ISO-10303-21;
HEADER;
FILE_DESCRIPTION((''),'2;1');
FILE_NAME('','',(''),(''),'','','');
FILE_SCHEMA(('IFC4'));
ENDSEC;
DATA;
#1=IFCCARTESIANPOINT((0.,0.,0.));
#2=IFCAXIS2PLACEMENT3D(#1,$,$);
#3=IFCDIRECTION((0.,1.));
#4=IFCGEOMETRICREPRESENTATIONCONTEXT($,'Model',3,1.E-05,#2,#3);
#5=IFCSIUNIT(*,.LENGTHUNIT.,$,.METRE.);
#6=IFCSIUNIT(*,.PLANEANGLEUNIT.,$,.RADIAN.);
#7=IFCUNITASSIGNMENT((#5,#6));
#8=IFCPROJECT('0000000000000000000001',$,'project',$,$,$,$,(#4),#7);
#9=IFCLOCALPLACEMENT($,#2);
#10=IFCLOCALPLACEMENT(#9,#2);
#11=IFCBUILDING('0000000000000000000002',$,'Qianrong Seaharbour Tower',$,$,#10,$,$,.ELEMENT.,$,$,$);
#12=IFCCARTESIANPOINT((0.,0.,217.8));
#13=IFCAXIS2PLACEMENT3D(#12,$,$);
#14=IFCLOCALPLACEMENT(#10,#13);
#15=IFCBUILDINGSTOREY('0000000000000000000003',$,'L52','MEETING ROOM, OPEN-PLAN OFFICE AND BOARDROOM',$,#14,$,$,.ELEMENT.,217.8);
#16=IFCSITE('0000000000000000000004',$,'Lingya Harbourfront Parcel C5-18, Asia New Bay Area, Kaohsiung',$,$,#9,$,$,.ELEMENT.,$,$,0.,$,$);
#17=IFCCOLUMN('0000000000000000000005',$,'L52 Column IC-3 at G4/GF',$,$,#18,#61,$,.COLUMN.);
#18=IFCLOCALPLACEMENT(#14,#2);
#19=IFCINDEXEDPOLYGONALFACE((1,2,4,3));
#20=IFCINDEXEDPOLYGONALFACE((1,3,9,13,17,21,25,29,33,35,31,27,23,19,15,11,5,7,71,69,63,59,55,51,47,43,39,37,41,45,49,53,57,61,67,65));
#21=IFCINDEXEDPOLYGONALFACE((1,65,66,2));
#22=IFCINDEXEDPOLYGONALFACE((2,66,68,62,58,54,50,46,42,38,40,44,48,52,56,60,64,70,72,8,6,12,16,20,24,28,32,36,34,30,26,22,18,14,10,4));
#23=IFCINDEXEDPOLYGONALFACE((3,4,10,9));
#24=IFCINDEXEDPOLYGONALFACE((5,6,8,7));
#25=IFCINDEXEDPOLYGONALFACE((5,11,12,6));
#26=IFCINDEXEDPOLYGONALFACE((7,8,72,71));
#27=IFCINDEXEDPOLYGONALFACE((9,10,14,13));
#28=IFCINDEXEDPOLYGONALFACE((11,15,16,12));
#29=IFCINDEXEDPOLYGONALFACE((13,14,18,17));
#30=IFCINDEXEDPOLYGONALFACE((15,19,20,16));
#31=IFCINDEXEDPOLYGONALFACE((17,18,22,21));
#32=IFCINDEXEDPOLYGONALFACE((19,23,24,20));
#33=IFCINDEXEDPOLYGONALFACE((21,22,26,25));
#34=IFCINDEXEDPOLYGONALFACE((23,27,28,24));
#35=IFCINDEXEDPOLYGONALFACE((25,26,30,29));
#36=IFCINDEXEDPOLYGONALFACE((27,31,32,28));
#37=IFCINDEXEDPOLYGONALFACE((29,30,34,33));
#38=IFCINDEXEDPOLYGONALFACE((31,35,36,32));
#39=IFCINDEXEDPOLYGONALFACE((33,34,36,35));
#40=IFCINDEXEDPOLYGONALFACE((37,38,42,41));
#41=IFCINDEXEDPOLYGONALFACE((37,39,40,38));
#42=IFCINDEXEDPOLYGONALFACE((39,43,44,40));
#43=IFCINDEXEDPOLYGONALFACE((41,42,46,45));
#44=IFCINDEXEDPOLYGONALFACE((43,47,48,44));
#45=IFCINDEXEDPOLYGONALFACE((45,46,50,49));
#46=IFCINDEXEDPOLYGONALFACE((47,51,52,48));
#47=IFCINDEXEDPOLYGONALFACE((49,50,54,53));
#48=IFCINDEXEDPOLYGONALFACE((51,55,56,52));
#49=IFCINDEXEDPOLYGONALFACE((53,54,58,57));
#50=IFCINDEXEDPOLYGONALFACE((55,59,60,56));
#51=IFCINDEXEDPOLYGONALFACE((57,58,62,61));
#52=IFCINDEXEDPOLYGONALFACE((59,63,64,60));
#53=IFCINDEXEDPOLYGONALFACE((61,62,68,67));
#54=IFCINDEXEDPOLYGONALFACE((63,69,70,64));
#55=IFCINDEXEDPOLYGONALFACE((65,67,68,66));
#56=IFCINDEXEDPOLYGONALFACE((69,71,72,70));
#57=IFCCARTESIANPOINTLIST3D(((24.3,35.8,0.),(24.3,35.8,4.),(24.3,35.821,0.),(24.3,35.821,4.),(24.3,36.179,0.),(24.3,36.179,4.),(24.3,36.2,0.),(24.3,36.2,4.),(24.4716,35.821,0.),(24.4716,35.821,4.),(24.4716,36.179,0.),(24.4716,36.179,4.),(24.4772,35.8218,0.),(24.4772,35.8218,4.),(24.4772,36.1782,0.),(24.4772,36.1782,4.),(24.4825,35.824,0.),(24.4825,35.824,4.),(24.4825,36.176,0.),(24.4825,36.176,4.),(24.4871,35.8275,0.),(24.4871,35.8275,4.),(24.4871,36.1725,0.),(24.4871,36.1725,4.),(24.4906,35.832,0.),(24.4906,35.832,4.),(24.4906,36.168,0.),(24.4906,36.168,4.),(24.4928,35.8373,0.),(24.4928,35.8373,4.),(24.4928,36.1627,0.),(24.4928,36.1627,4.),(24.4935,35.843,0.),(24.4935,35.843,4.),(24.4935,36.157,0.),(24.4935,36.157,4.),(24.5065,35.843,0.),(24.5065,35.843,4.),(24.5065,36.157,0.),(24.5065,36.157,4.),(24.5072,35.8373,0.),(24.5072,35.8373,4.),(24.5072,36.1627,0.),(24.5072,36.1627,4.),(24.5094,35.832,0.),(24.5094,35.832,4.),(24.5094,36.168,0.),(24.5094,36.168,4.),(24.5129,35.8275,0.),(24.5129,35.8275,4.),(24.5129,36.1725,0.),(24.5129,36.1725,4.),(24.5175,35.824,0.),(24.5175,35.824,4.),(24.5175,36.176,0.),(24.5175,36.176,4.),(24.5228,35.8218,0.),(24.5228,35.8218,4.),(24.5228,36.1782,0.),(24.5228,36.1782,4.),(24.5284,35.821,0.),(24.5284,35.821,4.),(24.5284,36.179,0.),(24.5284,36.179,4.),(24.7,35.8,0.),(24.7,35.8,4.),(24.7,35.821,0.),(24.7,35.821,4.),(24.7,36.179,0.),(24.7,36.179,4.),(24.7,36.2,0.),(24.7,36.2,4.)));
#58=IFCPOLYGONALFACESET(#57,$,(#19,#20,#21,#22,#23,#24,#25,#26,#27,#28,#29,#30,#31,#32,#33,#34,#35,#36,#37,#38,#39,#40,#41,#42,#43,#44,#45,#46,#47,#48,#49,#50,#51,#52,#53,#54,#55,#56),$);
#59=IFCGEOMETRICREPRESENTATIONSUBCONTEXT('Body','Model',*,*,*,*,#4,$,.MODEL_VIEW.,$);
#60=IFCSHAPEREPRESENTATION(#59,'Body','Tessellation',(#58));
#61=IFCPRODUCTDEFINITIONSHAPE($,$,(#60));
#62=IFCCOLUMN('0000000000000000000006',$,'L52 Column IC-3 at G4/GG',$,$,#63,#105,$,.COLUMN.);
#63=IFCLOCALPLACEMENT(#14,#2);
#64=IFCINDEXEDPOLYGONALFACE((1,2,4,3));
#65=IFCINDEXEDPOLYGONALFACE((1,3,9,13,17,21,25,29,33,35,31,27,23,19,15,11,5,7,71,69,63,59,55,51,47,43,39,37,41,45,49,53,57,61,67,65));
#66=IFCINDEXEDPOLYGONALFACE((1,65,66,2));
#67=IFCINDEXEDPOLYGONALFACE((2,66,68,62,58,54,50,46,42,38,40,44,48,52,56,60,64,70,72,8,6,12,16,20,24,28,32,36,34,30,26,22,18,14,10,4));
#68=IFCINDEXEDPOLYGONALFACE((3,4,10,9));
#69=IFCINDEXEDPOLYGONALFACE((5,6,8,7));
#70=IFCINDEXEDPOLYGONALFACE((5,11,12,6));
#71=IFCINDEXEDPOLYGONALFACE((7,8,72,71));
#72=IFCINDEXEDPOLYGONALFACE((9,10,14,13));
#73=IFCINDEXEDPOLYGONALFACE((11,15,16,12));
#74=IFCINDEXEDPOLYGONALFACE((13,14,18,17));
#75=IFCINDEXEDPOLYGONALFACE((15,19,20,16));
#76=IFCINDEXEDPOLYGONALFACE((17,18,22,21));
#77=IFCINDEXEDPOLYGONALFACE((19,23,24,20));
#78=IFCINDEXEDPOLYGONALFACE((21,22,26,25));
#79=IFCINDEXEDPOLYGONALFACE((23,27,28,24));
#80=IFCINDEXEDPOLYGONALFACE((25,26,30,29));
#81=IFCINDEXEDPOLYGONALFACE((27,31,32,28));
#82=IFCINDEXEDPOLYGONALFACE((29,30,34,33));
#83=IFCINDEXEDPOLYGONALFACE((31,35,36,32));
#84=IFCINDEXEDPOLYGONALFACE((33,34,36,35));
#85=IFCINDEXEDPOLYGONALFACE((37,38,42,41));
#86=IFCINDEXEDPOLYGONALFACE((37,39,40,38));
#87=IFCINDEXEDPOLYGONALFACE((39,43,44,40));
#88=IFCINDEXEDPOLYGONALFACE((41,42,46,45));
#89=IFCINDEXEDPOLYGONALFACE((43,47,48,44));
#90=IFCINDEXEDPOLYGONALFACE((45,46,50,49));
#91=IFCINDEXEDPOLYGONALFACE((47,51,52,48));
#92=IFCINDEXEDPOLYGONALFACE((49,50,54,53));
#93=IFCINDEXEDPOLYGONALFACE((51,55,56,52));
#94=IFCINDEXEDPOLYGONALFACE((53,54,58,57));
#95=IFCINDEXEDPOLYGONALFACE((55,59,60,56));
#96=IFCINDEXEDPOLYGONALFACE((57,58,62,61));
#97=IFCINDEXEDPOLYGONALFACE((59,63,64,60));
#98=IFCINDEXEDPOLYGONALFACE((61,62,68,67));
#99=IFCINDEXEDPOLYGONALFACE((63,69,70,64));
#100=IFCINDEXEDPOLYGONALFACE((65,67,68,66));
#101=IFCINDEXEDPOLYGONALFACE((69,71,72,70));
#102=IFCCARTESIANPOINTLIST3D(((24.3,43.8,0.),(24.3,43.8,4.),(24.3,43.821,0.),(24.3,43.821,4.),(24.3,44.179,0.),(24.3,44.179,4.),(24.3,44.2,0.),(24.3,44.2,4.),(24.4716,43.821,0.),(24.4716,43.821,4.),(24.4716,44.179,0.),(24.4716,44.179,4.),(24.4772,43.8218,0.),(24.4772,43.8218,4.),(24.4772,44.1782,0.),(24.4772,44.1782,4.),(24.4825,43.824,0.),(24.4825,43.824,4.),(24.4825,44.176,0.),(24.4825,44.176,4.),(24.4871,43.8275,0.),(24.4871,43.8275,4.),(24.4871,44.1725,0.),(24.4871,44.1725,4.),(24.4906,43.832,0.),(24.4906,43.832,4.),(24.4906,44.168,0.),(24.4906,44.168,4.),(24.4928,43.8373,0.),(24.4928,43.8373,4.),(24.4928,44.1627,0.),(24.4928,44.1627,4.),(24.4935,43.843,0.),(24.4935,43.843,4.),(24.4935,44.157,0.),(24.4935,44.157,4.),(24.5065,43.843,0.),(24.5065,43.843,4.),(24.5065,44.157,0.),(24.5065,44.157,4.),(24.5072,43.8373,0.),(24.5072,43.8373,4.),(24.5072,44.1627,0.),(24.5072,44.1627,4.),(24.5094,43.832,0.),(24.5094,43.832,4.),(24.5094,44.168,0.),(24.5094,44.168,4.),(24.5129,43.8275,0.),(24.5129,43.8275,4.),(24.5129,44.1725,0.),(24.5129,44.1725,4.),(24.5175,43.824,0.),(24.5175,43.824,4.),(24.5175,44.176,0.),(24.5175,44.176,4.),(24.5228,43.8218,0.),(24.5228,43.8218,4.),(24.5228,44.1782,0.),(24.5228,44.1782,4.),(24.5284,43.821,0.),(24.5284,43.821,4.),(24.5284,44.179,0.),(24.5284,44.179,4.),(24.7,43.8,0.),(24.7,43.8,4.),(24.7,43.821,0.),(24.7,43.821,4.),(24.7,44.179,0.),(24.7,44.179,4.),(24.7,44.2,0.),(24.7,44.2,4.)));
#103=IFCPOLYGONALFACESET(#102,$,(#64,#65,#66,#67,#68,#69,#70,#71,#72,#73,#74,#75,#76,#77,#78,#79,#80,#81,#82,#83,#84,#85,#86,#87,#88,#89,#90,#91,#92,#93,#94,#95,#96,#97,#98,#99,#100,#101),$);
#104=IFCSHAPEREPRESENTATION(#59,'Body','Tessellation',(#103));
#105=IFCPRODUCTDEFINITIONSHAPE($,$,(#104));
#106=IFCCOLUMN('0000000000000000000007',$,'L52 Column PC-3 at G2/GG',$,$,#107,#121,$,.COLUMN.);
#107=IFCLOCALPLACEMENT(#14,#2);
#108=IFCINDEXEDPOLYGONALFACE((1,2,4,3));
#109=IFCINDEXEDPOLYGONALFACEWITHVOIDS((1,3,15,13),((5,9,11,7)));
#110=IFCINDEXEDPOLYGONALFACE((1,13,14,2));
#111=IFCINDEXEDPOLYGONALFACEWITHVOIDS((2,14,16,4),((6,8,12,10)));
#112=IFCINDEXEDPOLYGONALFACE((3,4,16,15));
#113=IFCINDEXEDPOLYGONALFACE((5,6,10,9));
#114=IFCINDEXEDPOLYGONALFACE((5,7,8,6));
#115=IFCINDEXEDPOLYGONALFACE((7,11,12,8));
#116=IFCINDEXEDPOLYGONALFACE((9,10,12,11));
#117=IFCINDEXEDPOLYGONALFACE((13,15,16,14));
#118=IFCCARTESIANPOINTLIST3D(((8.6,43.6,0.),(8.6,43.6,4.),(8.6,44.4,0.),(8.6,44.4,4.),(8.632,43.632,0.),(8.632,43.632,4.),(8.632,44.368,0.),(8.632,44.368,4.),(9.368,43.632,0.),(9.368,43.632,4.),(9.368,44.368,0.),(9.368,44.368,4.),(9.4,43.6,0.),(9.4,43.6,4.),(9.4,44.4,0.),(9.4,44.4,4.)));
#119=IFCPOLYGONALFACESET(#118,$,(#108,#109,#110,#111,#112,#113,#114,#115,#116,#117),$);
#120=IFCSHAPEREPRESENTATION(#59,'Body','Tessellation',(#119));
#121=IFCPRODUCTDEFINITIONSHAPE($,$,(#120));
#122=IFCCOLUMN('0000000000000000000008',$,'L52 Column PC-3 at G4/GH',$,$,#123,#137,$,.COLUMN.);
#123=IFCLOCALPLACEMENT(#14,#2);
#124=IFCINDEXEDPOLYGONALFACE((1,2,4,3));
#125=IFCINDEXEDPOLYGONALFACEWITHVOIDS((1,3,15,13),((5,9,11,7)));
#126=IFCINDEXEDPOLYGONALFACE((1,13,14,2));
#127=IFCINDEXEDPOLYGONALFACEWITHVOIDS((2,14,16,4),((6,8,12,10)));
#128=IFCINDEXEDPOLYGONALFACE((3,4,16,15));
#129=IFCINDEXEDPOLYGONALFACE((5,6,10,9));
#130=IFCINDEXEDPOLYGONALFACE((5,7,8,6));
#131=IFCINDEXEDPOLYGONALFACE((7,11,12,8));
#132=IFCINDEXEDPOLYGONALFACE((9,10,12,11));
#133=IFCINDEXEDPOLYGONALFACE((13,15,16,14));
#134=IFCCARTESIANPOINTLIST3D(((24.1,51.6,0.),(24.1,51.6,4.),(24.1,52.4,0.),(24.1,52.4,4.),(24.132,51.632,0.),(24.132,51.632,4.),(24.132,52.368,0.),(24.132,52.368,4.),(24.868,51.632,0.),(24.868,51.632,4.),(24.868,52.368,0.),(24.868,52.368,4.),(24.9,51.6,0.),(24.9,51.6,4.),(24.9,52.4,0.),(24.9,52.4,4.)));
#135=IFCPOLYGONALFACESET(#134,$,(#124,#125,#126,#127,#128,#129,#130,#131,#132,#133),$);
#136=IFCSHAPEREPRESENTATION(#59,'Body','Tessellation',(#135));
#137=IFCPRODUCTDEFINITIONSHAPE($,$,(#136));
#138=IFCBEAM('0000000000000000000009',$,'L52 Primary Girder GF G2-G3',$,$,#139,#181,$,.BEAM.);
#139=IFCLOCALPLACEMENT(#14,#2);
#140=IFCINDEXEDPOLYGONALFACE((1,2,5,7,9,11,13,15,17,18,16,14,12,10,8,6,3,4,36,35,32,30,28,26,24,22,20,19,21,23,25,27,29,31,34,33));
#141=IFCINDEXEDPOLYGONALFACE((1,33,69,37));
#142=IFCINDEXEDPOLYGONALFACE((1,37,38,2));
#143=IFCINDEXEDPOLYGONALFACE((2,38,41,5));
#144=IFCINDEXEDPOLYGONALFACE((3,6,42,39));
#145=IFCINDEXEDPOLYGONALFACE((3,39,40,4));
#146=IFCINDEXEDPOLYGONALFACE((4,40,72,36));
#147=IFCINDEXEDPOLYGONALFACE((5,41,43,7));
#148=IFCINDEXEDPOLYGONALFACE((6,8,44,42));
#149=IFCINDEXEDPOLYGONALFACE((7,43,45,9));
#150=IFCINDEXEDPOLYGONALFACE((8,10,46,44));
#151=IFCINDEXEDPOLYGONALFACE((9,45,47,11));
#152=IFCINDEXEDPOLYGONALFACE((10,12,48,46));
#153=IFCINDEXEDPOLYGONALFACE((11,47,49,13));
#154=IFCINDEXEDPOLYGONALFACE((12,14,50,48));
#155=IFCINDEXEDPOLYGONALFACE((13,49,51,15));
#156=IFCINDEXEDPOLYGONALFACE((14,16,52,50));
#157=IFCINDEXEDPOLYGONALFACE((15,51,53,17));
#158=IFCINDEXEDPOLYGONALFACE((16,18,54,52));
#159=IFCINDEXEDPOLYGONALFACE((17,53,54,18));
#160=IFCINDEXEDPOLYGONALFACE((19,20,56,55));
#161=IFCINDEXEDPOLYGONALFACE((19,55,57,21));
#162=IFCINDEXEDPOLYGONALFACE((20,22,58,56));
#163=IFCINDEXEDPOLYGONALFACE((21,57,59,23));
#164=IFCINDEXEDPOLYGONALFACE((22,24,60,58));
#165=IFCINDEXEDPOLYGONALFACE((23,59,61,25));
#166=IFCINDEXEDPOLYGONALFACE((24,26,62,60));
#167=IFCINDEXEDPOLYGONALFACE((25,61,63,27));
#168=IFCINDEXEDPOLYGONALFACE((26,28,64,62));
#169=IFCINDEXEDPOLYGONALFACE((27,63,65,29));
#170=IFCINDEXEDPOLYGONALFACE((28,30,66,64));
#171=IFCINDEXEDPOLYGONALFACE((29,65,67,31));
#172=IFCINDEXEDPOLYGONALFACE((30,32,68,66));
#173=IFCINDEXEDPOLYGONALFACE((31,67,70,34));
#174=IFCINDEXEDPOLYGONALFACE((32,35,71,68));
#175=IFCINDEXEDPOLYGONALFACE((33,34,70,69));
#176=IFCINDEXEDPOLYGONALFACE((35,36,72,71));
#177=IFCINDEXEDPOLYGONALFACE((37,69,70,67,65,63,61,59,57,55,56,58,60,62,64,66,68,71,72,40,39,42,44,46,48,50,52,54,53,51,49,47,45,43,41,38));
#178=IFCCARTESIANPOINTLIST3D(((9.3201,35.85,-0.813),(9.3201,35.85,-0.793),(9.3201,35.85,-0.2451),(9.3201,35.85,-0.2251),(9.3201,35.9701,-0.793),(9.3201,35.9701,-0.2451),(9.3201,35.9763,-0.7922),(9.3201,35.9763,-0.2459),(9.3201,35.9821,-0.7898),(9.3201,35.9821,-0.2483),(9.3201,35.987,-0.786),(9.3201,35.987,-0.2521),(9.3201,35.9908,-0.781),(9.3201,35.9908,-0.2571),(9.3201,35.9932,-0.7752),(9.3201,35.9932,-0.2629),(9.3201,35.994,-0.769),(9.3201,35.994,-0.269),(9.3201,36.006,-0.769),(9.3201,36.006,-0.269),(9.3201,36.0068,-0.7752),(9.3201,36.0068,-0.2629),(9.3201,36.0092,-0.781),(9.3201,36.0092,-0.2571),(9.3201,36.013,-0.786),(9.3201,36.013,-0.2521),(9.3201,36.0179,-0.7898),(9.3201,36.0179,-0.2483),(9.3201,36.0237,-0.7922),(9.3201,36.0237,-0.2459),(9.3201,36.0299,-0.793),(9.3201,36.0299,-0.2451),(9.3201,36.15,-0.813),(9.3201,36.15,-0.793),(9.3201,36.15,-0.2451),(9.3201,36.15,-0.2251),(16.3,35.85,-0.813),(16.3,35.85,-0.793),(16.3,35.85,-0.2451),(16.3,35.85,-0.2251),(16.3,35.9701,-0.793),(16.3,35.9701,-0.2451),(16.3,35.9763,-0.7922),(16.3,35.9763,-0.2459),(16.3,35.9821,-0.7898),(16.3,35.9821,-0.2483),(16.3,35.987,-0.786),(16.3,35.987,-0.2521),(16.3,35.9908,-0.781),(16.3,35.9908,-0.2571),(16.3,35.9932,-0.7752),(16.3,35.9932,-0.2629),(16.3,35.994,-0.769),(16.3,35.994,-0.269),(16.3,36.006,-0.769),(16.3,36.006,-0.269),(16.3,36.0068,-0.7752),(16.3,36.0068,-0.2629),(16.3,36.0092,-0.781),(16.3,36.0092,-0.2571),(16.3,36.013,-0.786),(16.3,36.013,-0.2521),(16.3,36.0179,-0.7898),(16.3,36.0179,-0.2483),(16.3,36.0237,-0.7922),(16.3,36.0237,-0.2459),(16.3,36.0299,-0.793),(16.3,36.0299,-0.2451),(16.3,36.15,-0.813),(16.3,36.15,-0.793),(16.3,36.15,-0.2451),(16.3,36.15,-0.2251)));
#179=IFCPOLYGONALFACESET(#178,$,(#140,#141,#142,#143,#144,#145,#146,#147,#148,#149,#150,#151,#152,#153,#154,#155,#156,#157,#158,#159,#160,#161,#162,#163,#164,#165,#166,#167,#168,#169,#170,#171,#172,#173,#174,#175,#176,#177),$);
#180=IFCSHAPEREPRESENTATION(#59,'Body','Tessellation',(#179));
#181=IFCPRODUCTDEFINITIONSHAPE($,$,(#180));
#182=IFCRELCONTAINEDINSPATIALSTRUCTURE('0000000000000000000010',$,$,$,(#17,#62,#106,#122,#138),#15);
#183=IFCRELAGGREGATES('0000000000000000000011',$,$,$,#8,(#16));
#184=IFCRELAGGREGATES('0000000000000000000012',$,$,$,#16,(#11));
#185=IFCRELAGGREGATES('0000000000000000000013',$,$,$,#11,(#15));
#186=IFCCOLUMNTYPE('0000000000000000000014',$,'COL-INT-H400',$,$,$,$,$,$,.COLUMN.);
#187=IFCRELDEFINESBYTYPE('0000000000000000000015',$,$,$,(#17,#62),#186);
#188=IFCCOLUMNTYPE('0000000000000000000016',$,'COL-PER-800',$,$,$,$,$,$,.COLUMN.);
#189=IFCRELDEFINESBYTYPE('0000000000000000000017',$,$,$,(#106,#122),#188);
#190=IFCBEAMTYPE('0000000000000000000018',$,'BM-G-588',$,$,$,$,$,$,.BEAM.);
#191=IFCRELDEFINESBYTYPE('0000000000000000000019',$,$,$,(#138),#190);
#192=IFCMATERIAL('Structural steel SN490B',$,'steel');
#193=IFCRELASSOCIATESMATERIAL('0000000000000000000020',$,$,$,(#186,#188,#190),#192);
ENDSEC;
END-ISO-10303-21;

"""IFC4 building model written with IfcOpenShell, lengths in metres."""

from ifc_helpers import new_model, si_unit, direction, frame, origin, origin_2d, place, context, subcontext, project, spatial, hollow_rectangle, i_section, extrude, material, material_profile, profile_set, type_object, element, save


model = new_model("IFC4")

# Units and contexts
model_context = context("Model", 3, precision=1e-05, world=origin(), true_north=direction((0.0, 1.0)))
body_context = subcontext(model_context, "Body", "Model", "MODEL_VIEW")
ifc_project = project(units=[si_unit("LENGTHUNIT", "METRE"), si_unit("PLANEANGLEUNIT", "RADIAN")], contexts=[model_context])

# Site, building, storey
site_placement = place(None, origin())
site = spatial("IfcSite", under=ifc_project, at=site_placement, Name="Lingya Harbourfront Parcel C5-18, Asia New Bay Area, Kaohsiung", CompositionType="ELEMENT", RefElevation=0.0)
building_placement = place(site_placement, origin())
building = spatial("IfcBuilding", under=site, at=building_placement, Name="Qianrong Seaharbour Tower", CompositionType="ELEMENT")
storey_placement = place(building_placement, frame((0.0, 0.0, 217.8)))
storey = spatial("IfcBuildingStorey", under=building, at=storey_placement, Name="L52", Description="MEETING ROOM, OPEN-PLAN OFFICE AND BOARDROOM", CompositionType="ELEMENT", Elevation=217.8)

# Columns
ifc_material_1 = material(Name="Structural steel SN490B", Category="steel")
ifc_material_profile_1 = material_profile(ifc_material_1, i_section(OverallWidth=0.3999, OverallDepth=0.3999, WebThickness=0.0129, FlangeThickness=0.021, FilletRadius=0.022, at=origin_2d()), Name="H400x400x13x21")
ifc_profile_set_1 = profile_set([ifc_material_profile_1], Name="Structural steel SN490B")
column_type_1 = type_object("IfcColumnType", Name="COL-INT-H400", PredefinedType="COLUMN", material=ifc_profile_set_1)
for number, where, z_axis, x_axis, name in (
    (1, (24.5, 36.0, 0.0), (0.0, 0.0, 1.0), (1.0, 0.0, 0.0), "L52 Column IC-3 at G4/GF"),
    (2, (24.5, 44.0, 0.0), (0.0, 0.0, 1.0), (1.0, 0.0, 0.0), "L52 Column IC-3 at G4/GG"),
):
    element("IfcColumn", number, at=place(storey_placement, frame(where, z_axis=z_axis, x_axis=x_axis)), inside=storey, type_object=column_type_1, Name=name, PredefinedType="COLUMN", context=body_context, shape_type="SweptSolid", body=[
        extrude(i_section(OverallWidth=0.3999, OverallDepth=0.3999, WebThickness=0.0129, FlangeThickness=0.021, FilletRadius=0.022, at=origin_2d()), origin(), (0.0, 0.0, 1.0), 4.0),
    ])
ifc_material_profile_2 = material_profile(ifc_material_1, hollow_rectangle(XDim=0.8, YDim=0.8, WallThickness=0.032, at=origin_2d()), Name="BOX800x800x32")
ifc_profile_set_2 = profile_set([ifc_material_profile_2], Name="Structural steel SN490B")
column_type_2 = type_object("IfcColumnType", Name="COL-PER-800", PredefinedType="COLUMN", material=ifc_profile_set_2)
for number, where, z_axis, x_axis, name in (
    (3, (9.0, 44.0, 0.0), (0.0, 0.0, 1.0), (1.0, 0.0, 0.0), "L52 Column PC-3 at G2/GG"),
    (4, (24.5, 52.0, 0.0), (0.0, 0.0, 1.0), (1.0, 0.0, 0.0), "L52 Column PC-3 at G4/GH"),
):
    element("IfcColumn", number, at=place(storey_placement, frame(where, z_axis=z_axis, x_axis=x_axis)), inside=storey, type_object=column_type_2, Name=name, PredefinedType="COLUMN", context=body_context, shape_type="SweptSolid", body=[
        extrude(hollow_rectangle(XDim=0.8, YDim=0.8, WallThickness=0.032, at=origin_2d()), origin(), (0.0, 0.0, 1.0), 4.0),
    ])

# Beam
ifc_material_profile_3 = material_profile(ifc_material_1, i_section(OverallWidth=0.3, OverallDepth=0.5879, WebThickness=0.012, FlangeThickness=0.02, FilletRadius=0.0239, at=origin_2d()), Name="H588x300x12x20")
ifc_profile_set_3 = profile_set([ifc_material_profile_3], Name="Structural steel SN490B")
beam_type_1 = type_object("IfcBeamType", Name="BM-G-588", PredefinedType="BEAM", material=ifc_profile_set_3)
beam_1_placement = place(storey_placement, frame((9.3201, 36.0, -0.519), z_axis=(1.0, 0.0, 0.0), x_axis=(0.0, 1.0, 0.0)))
element("IfcBeam", 5, at=beam_1_placement, inside=storey, type_object=beam_type_1, Name="L52 Primary Girder GF G2-G3", PredefinedType="BEAM", context=body_context, shape_type="SweptSolid", body=[
    extrude(i_section(OverallWidth=0.3, OverallDepth=0.5879, WebThickness=0.012, FlangeThickness=0.02, FilletRadius=0.0239, at=origin_2d()), origin(), (0.0, 0.0, 1.0), 6.98),
])

save(model, "model.ifc")
